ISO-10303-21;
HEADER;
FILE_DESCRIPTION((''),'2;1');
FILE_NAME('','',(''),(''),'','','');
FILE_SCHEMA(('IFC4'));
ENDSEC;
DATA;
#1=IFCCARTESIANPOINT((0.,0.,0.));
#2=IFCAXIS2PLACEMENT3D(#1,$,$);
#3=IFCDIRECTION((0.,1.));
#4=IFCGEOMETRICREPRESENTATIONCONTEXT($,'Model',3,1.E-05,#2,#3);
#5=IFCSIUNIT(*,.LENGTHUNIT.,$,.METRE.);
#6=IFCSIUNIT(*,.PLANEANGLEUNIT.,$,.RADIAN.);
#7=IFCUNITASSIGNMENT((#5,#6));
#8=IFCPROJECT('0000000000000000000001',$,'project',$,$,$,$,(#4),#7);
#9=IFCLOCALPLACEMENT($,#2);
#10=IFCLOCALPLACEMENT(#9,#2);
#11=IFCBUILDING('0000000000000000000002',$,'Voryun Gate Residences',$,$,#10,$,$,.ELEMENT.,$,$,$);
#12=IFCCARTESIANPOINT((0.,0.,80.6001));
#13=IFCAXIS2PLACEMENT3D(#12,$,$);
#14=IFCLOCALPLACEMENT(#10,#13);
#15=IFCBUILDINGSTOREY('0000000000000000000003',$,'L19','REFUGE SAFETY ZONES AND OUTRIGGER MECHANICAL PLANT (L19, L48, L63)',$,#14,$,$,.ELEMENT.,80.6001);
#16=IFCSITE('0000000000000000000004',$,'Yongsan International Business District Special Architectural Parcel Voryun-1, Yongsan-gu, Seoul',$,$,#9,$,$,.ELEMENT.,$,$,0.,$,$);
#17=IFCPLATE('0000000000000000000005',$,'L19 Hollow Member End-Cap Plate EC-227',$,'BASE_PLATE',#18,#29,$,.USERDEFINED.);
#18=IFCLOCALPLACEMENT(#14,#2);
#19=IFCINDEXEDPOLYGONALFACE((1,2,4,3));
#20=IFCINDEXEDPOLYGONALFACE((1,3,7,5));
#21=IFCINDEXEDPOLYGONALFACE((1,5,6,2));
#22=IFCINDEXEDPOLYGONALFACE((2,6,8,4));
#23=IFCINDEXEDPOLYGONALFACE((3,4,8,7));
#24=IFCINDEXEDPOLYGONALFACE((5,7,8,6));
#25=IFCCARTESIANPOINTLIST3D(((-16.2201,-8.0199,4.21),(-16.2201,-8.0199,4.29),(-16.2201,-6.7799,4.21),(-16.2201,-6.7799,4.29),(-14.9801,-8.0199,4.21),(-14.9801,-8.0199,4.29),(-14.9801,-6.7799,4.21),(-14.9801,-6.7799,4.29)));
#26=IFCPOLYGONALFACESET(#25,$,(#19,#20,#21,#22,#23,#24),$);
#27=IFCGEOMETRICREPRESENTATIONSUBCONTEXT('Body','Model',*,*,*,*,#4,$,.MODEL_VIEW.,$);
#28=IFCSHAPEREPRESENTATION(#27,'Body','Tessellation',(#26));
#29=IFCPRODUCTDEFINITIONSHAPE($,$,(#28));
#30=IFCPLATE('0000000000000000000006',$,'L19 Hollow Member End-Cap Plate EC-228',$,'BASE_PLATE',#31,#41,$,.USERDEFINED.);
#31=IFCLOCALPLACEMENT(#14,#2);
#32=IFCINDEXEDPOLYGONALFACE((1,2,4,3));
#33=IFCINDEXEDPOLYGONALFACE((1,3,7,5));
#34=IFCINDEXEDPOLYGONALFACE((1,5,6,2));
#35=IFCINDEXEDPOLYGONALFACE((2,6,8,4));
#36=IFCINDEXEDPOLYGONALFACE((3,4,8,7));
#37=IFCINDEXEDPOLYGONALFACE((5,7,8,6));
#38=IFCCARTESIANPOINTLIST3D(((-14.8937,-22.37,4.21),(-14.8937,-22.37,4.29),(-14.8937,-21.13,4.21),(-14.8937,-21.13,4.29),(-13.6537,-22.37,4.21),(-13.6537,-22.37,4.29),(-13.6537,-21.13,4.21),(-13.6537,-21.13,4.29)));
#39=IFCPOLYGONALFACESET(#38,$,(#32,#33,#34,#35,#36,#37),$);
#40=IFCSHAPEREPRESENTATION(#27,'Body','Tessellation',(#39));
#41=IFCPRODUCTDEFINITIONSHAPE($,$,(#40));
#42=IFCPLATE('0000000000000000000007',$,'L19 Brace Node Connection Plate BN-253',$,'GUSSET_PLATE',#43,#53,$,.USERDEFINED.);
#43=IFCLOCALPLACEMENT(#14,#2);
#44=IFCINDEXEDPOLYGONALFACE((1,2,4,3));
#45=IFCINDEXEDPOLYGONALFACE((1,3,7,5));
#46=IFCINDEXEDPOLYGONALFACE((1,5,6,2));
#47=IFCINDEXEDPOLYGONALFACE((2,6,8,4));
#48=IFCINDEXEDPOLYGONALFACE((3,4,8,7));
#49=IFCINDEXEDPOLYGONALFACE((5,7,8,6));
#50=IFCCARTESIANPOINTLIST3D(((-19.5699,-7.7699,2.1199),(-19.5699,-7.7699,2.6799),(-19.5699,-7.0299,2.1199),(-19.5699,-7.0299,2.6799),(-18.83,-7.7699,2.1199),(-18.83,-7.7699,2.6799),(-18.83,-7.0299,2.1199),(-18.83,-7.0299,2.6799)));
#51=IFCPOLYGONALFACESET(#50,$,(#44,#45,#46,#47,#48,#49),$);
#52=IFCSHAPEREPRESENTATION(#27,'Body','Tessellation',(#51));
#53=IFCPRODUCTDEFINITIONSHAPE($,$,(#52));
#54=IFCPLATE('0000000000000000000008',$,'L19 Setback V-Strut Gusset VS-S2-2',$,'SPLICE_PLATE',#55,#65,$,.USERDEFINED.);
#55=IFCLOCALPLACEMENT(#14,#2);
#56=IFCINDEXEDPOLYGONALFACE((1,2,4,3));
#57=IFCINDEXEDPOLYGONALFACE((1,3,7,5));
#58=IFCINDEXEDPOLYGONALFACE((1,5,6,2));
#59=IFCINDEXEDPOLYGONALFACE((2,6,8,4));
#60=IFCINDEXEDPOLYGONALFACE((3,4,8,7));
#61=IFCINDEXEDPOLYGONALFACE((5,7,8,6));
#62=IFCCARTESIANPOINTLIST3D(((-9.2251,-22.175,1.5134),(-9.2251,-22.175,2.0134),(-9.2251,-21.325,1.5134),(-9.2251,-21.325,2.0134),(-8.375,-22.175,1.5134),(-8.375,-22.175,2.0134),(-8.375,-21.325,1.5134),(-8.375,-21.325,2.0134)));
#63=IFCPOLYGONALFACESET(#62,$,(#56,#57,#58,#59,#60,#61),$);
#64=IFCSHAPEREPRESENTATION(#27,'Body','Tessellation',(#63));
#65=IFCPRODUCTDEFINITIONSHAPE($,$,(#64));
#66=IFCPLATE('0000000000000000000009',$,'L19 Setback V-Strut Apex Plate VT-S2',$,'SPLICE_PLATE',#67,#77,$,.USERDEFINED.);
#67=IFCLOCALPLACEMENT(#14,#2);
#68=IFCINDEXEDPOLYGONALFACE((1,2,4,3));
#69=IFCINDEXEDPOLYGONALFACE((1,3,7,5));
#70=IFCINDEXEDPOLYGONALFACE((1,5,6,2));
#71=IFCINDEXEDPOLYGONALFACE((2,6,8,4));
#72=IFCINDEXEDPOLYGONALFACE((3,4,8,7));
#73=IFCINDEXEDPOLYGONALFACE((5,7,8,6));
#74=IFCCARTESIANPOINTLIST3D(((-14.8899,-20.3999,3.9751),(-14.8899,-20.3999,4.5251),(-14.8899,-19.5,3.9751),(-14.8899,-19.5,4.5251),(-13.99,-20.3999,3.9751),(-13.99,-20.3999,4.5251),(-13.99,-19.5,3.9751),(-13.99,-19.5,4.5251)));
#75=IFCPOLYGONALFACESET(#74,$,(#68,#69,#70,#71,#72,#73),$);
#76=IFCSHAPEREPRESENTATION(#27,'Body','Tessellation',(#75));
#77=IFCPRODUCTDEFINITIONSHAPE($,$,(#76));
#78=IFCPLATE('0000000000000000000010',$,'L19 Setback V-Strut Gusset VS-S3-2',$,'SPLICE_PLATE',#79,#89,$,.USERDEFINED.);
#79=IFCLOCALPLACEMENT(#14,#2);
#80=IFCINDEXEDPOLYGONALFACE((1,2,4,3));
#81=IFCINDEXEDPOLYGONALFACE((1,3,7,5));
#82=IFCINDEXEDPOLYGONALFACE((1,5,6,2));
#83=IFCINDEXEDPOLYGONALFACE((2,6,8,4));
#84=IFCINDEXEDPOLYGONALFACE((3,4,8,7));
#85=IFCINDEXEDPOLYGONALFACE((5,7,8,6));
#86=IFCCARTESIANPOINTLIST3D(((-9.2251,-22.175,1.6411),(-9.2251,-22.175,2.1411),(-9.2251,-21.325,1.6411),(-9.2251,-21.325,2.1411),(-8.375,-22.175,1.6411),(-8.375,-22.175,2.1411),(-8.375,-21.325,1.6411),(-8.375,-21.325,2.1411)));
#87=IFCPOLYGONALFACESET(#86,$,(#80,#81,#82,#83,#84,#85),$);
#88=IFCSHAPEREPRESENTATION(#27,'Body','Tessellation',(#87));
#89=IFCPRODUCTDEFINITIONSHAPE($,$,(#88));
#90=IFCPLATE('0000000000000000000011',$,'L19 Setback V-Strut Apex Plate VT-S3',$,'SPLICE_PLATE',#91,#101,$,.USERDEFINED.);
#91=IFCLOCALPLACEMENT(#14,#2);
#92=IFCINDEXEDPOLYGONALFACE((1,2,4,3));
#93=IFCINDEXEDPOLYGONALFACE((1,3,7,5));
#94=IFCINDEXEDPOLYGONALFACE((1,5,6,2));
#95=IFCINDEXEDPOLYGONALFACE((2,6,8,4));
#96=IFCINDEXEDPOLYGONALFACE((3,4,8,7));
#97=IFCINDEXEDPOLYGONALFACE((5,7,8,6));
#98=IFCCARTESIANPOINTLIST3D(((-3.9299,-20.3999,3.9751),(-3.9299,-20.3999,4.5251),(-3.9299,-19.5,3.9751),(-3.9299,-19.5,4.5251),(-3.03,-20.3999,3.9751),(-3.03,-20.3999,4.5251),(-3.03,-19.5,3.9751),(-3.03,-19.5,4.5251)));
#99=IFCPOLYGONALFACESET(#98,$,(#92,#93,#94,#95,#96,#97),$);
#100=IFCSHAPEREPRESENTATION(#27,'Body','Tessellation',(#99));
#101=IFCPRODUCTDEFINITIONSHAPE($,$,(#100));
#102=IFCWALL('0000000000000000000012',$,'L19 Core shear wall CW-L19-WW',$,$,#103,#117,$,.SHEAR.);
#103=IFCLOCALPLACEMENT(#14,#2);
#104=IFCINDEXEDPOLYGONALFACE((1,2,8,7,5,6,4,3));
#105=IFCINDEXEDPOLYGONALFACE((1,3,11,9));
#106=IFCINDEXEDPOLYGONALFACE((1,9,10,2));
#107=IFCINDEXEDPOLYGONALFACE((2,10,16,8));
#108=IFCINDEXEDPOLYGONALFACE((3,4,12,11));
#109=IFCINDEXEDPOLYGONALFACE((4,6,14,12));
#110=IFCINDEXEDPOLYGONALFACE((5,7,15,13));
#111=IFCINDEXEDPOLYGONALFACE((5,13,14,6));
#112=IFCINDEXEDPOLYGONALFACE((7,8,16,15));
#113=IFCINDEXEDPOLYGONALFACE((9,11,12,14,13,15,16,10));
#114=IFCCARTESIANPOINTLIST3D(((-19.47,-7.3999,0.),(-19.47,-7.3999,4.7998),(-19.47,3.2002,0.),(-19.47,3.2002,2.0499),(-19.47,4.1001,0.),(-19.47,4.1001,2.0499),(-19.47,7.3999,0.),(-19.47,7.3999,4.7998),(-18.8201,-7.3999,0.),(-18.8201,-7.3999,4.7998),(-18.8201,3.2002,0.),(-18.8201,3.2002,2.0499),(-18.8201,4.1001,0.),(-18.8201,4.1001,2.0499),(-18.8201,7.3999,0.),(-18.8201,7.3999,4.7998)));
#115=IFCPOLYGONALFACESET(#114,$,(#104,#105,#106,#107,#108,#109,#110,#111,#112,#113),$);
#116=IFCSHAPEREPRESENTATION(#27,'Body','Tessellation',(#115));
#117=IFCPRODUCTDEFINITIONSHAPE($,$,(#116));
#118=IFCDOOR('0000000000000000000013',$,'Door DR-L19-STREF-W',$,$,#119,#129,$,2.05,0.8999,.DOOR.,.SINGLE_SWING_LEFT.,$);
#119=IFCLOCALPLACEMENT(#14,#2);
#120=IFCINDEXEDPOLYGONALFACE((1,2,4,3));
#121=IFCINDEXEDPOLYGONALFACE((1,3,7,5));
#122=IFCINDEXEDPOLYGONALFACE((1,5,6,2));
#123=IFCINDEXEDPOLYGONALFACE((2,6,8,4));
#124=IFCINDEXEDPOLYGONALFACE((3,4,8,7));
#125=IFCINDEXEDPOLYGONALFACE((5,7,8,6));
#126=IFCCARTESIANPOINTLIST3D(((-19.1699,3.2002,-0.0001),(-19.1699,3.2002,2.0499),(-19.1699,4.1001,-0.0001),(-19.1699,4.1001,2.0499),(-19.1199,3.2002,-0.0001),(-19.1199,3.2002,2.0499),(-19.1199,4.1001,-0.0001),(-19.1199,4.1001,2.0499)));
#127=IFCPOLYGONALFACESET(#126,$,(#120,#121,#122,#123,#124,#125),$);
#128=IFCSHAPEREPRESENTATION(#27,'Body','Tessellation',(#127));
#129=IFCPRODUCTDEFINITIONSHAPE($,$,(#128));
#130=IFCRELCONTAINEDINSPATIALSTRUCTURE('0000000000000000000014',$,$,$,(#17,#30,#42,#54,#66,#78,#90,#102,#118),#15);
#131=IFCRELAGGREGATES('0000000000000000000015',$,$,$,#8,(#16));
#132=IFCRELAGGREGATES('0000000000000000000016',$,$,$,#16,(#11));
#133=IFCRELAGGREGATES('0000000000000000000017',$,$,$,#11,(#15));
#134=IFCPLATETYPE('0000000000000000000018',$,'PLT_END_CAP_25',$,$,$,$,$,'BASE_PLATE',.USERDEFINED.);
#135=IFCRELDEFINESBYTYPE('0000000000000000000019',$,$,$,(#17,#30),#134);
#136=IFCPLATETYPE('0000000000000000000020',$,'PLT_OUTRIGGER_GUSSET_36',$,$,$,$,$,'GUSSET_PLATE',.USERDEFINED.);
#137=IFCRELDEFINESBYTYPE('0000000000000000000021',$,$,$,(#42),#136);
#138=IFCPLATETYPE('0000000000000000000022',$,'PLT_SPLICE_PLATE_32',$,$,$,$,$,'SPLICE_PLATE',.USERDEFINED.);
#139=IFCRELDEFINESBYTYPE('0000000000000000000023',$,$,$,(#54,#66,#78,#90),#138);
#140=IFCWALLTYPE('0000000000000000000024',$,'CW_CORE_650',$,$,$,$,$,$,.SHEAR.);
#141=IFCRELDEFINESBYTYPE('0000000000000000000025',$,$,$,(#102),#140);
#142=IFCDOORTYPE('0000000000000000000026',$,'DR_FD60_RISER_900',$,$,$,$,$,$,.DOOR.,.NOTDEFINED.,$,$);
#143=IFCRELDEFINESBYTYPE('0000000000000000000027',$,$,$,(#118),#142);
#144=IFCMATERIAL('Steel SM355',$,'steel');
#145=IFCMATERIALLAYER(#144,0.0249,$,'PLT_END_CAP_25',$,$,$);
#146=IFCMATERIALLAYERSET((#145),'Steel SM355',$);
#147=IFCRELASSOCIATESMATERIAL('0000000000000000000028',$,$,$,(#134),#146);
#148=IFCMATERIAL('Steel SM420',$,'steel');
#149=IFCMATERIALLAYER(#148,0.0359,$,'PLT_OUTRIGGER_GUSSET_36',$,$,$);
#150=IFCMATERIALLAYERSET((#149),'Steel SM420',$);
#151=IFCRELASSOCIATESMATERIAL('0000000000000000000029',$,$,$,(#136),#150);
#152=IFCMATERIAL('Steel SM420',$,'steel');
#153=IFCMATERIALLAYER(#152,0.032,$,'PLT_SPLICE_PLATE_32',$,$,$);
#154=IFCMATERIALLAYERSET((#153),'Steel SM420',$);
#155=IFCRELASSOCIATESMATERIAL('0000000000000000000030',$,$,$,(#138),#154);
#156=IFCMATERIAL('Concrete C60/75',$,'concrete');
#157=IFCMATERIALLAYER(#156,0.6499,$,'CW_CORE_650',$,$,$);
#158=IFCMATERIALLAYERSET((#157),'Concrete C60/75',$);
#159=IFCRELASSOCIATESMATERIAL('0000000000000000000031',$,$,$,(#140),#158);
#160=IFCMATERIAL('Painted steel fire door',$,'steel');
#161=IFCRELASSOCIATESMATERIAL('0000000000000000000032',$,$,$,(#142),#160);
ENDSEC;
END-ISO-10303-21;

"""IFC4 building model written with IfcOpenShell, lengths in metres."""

from ifc_helpers import new_model, si_unit, direction, frame, frame_2d, origin, origin_2d, place, context, subcontext, project, spatial, rectangle, extrude, material, layer, layer_set, type_object, element, fill, save


model = new_model("IFC4")

# Units and contexts
model_context = context("Model", 3, precision=1e-05, world=origin(), true_north=direction((0.0, 1.0)))
body_context = subcontext(model_context, "Body", "Model", "MODEL_VIEW")
ifc_project = project(units=[si_unit("LENGTHUNIT", "METRE"), si_unit("PLANEANGLEUNIT", "RADIAN")], contexts=[model_context])

# Site, building, storey
site_placement = place(None, origin())
site = spatial("IfcSite", under=ifc_project, at=site_placement, Name="Yongsan International Business District Special Architectural Parcel Voryun-1, Yongsan-gu, Seoul", CompositionType="ELEMENT", RefElevation=0.0)
building_placement = place(site_placement, origin())
building = spatial("IfcBuilding", under=site, at=building_placement, Name="Voryun Gate Residences", CompositionType="ELEMENT")
storey_placement = place(building_placement, frame((0.0, 0.0, 80.6001)))
storey = spatial("IfcBuildingStorey", under=building, at=storey_placement, Name="L19", Description="REFUGE SAFETY ZONES AND OUTRIGGER MECHANICAL PLANT (L19, L48, L63)", CompositionType="ELEMENT", Elevation=80.6001)

# Plates
ifc_material_1 = material(Name="Steel SM355", Category="steel")
ifc_layer_1 = layer(ifc_material_1, 0.0249, Name="PLT_END_CAP_25")
ifc_layer_set_1 = layer_set([ifc_layer_1], Name="Steel SM355")
plate_type_1 = type_object("IfcPlateType", Name="PLT_END_CAP_25", ElementType="BASE_PLATE", PredefinedType="USERDEFINED", material=ifc_layer_set_1)
for number, where, z_axis, x_axis, name in (
    (1, (-15.6001, -7.3999, 4.21), (0.0, 0.0, 1.0), (1.0, 0.0, 0.0), "L19 Hollow Member End-Cap Plate EC-227"),
    (2, (-14.2737, -21.75, 4.21), (0.0, 0.0, 1.0), (1.0, 0.0, 0.0), "L19 Hollow Member End-Cap Plate EC-228"),
):
    element("IfcPlate", number, at=place(storey_placement, frame(where, z_axis=z_axis, x_axis=x_axis)), inside=storey, type_object=plate_type_1, Name=name, ObjectType="BASE_PLATE", PredefinedType="USERDEFINED", context=body_context, shape_type="SweptSolid", body=[
        extrude(rectangle(XDim=1.24, YDim=1.24, at=origin_2d()), origin(), (0.0, 0.0, 1.0), 0.0801),
    ])
ifc_material_2 = material(Name="Steel SM420", Category="steel")
ifc_layer_2 = layer(ifc_material_2, 0.0359, Name="PLT_OUTRIGGER_GUSSET_36")
ifc_layer_set_2 = layer_set([ifc_layer_2], Name="Steel SM420")
plate_type_2 = type_object("IfcPlateType", Name="PLT_OUTRIGGER_GUSSET_36", ElementType="GUSSET_PLATE", PredefinedType="USERDEFINED", material=ifc_layer_set_2)
plate_1_placement = place(storey_placement, frame((-19.2, -7.3999, 2.1199), z_axis=(0.0, 0.0, 1.0), x_axis=(1.0, 0.0, 0.0)))
element("IfcPlate", 3, at=plate_1_placement, inside=storey, type_object=plate_type_2, Name="L19 Brace Node Connection Plate BN-253", ObjectType="GUSSET_PLATE", PredefinedType="USERDEFINED", context=body_context, shape_type="SweptSolid", body=[
    extrude(rectangle(XDim=0.74, YDim=0.74, at=origin_2d()), origin(), (0.0, 0.0, 1.0), 0.5601),
])
ifc_material_3 = material(Name="Steel SM420", Category="steel")
ifc_layer_3 = layer(ifc_material_3, 0.032, Name="PLT_SPLICE_PLATE_32")
ifc_layer_set_3 = layer_set([ifc_layer_3], Name="Steel SM420")
plate_type_3 = type_object("IfcPlateType", Name="PLT_SPLICE_PLATE_32", ElementType="SPLICE_PLATE", PredefinedType="USERDEFINED", material=ifc_layer_set_3)
plate_2_placement = place(storey_placement, frame((-8.8, -21.75, 1.5134), z_axis=(0.0, 0.0, 1.0), x_axis=(1.0, 0.0, 0.0)))
element("IfcPlate", 4, at=plate_2_placement, inside=storey, type_object=plate_type_3, Name="L19 Setback V-Strut Gusset VS-S2-2", ObjectType="SPLICE_PLATE", PredefinedType="USERDEFINED", context=body_context, shape_type="SweptSolid", body=[
    extrude(rectangle(XDim=0.8501, YDim=0.8501, at=origin_2d()), origin(), (0.0, 0.0, 1.0), 0.5),
])
plate_3_placement = place(storey_placement, frame((-14.4399, -19.95, 3.9751), z_axis=(0.0, 0.0, 1.0), x_axis=(1.0, 0.0, 0.0)))
element("IfcPlate", 5, at=plate_3_placement, inside=storey, type_object=plate_type_3, Name="L19 Setback V-Strut Apex Plate VT-S2", ObjectType="SPLICE_PLATE", PredefinedType="USERDEFINED", context=body_context, shape_type="SweptSolid", body=[
    extrude(rectangle(XDim=0.8999, YDim=0.8999, at=origin_2d()), origin(), (0.0, 0.0, 1.0), 0.55),
])
plate_4_placement = place(storey_placement, frame((-8.8, -21.75, 1.6411), z_axis=(0.0, 0.0, 1.0), x_axis=(1.0, 0.0, 0.0)))
element("IfcPlate", 6, at=plate_4_placement, inside=storey, type_object=plate_type_3, Name="L19 Setback V-Strut Gusset VS-S3-2", ObjectType="SPLICE_PLATE", PredefinedType="USERDEFINED", context=body_context, shape_type="SweptSolid", body=[
    extrude(rectangle(XDim=0.8501, YDim=0.8501, at=origin_2d()), origin(), (0.0, 0.0, 1.0), 0.5),
])
plate_5_placement = place(storey_placement, frame((-3.48, -19.95, 3.9751), z_axis=(0.0, 0.0, 1.0), x_axis=(1.0, 0.0, 0.0)))
element("IfcPlate", 7, at=plate_5_placement, inside=storey, type_object=plate_type_3, Name="L19 Setback V-Strut Apex Plate VT-S3", ObjectType="SPLICE_PLATE", PredefinedType="USERDEFINED", context=body_context, shape_type="SweptSolid", body=[
    extrude(rectangle(XDim=0.8999, YDim=0.8999, at=origin_2d()), origin(), (0.0, 0.0, 1.0), 0.55),
])

# Wall, opening, door
ifc_material_4 = material(Name="Concrete C60/75", Category="concrete")
ifc_layer_4 = layer(ifc_material_4, 0.6499, Name="CW_CORE_650")
ifc_layer_set_4 = layer_set([ifc_layer_4], Name="Concrete C60/75")
wall_type = type_object("IfcWallType", Name="CW_CORE_650", PredefinedType="SHEAR", material=ifc_layer_set_4)
wall_1_placement = place(storey_placement, frame((-19.145, -7.3999, 0.0), z_axis=(0.0, 0.0, 1.0), x_axis=(0.0, 1.0, 0.0)))
wall_1 = element("IfcWall", 8, at=wall_1_placement, inside=storey, type_object=wall_type, Name="L19 Core shear wall CW-L19-WW", PredefinedType="SHEAR", context=body_context, shape_type="SweptSolid", body=[
    extrude(rectangle(XDim=14.7998, YDim=0.6499, at=frame_2d((7.3999, 0.0))), origin(), (0.0, 0.0, 1.0), 4.7998),
])
opening_1_placement = place(wall_1_placement, frame((10.6001, 0.0, 0.0)))
opening_1 = element("IfcOpeningElement", 9, at=opening_1_placement, cuts=wall_1, PredefinedType="OPENING", context=body_context, shape_type="SweptSolid", body=[
    extrude(rectangle(XDim=0.8999, YDim=2.05, at=frame_2d((0.45, 1.0249))), frame((0.0, 0.335, 0.0), z_axis=(0.0, -1.0, 0.0), x_axis=(1.0, 0.0, 0.0)), (0.0, 0.0, 1.0), 0.6699),
])
ifc_material_5 = material(Name="Painted steel fire door", Category="steel")
door_type_1 = type_object("IfcDoorType", Name="DR_FD60_RISER_900", OperationType="NOTDEFINED", PredefinedType="DOOR", material=ifc_material_5)
door_1_placement = place(opening_1_placement, origin())
door_1 = element("IfcDoor", 10, at=door_1_placement, inside=storey, type_object=door_type_1, Name="Door DR-L19-STREF-W", OperationType="SINGLE_SWING_LEFT", OverallHeight=2.05, OverallWidth=0.8999, PredefinedType="DOOR", context=body_context, shape_type="SweptSolid", body=[
    extrude(rectangle(XDim=0.8999, YDim=2.05, at=frame_2d((0.45, 1.0249))), frame((0.0, 0.0249, 0.0), z_axis=(0.0, -1.0, 0.0), x_axis=(1.0, 0.0, 0.0)), (0.0, 0.0, 1.0), 0.05),
])
fill(opening_1, door_1)

save(model, "model.ifc")
